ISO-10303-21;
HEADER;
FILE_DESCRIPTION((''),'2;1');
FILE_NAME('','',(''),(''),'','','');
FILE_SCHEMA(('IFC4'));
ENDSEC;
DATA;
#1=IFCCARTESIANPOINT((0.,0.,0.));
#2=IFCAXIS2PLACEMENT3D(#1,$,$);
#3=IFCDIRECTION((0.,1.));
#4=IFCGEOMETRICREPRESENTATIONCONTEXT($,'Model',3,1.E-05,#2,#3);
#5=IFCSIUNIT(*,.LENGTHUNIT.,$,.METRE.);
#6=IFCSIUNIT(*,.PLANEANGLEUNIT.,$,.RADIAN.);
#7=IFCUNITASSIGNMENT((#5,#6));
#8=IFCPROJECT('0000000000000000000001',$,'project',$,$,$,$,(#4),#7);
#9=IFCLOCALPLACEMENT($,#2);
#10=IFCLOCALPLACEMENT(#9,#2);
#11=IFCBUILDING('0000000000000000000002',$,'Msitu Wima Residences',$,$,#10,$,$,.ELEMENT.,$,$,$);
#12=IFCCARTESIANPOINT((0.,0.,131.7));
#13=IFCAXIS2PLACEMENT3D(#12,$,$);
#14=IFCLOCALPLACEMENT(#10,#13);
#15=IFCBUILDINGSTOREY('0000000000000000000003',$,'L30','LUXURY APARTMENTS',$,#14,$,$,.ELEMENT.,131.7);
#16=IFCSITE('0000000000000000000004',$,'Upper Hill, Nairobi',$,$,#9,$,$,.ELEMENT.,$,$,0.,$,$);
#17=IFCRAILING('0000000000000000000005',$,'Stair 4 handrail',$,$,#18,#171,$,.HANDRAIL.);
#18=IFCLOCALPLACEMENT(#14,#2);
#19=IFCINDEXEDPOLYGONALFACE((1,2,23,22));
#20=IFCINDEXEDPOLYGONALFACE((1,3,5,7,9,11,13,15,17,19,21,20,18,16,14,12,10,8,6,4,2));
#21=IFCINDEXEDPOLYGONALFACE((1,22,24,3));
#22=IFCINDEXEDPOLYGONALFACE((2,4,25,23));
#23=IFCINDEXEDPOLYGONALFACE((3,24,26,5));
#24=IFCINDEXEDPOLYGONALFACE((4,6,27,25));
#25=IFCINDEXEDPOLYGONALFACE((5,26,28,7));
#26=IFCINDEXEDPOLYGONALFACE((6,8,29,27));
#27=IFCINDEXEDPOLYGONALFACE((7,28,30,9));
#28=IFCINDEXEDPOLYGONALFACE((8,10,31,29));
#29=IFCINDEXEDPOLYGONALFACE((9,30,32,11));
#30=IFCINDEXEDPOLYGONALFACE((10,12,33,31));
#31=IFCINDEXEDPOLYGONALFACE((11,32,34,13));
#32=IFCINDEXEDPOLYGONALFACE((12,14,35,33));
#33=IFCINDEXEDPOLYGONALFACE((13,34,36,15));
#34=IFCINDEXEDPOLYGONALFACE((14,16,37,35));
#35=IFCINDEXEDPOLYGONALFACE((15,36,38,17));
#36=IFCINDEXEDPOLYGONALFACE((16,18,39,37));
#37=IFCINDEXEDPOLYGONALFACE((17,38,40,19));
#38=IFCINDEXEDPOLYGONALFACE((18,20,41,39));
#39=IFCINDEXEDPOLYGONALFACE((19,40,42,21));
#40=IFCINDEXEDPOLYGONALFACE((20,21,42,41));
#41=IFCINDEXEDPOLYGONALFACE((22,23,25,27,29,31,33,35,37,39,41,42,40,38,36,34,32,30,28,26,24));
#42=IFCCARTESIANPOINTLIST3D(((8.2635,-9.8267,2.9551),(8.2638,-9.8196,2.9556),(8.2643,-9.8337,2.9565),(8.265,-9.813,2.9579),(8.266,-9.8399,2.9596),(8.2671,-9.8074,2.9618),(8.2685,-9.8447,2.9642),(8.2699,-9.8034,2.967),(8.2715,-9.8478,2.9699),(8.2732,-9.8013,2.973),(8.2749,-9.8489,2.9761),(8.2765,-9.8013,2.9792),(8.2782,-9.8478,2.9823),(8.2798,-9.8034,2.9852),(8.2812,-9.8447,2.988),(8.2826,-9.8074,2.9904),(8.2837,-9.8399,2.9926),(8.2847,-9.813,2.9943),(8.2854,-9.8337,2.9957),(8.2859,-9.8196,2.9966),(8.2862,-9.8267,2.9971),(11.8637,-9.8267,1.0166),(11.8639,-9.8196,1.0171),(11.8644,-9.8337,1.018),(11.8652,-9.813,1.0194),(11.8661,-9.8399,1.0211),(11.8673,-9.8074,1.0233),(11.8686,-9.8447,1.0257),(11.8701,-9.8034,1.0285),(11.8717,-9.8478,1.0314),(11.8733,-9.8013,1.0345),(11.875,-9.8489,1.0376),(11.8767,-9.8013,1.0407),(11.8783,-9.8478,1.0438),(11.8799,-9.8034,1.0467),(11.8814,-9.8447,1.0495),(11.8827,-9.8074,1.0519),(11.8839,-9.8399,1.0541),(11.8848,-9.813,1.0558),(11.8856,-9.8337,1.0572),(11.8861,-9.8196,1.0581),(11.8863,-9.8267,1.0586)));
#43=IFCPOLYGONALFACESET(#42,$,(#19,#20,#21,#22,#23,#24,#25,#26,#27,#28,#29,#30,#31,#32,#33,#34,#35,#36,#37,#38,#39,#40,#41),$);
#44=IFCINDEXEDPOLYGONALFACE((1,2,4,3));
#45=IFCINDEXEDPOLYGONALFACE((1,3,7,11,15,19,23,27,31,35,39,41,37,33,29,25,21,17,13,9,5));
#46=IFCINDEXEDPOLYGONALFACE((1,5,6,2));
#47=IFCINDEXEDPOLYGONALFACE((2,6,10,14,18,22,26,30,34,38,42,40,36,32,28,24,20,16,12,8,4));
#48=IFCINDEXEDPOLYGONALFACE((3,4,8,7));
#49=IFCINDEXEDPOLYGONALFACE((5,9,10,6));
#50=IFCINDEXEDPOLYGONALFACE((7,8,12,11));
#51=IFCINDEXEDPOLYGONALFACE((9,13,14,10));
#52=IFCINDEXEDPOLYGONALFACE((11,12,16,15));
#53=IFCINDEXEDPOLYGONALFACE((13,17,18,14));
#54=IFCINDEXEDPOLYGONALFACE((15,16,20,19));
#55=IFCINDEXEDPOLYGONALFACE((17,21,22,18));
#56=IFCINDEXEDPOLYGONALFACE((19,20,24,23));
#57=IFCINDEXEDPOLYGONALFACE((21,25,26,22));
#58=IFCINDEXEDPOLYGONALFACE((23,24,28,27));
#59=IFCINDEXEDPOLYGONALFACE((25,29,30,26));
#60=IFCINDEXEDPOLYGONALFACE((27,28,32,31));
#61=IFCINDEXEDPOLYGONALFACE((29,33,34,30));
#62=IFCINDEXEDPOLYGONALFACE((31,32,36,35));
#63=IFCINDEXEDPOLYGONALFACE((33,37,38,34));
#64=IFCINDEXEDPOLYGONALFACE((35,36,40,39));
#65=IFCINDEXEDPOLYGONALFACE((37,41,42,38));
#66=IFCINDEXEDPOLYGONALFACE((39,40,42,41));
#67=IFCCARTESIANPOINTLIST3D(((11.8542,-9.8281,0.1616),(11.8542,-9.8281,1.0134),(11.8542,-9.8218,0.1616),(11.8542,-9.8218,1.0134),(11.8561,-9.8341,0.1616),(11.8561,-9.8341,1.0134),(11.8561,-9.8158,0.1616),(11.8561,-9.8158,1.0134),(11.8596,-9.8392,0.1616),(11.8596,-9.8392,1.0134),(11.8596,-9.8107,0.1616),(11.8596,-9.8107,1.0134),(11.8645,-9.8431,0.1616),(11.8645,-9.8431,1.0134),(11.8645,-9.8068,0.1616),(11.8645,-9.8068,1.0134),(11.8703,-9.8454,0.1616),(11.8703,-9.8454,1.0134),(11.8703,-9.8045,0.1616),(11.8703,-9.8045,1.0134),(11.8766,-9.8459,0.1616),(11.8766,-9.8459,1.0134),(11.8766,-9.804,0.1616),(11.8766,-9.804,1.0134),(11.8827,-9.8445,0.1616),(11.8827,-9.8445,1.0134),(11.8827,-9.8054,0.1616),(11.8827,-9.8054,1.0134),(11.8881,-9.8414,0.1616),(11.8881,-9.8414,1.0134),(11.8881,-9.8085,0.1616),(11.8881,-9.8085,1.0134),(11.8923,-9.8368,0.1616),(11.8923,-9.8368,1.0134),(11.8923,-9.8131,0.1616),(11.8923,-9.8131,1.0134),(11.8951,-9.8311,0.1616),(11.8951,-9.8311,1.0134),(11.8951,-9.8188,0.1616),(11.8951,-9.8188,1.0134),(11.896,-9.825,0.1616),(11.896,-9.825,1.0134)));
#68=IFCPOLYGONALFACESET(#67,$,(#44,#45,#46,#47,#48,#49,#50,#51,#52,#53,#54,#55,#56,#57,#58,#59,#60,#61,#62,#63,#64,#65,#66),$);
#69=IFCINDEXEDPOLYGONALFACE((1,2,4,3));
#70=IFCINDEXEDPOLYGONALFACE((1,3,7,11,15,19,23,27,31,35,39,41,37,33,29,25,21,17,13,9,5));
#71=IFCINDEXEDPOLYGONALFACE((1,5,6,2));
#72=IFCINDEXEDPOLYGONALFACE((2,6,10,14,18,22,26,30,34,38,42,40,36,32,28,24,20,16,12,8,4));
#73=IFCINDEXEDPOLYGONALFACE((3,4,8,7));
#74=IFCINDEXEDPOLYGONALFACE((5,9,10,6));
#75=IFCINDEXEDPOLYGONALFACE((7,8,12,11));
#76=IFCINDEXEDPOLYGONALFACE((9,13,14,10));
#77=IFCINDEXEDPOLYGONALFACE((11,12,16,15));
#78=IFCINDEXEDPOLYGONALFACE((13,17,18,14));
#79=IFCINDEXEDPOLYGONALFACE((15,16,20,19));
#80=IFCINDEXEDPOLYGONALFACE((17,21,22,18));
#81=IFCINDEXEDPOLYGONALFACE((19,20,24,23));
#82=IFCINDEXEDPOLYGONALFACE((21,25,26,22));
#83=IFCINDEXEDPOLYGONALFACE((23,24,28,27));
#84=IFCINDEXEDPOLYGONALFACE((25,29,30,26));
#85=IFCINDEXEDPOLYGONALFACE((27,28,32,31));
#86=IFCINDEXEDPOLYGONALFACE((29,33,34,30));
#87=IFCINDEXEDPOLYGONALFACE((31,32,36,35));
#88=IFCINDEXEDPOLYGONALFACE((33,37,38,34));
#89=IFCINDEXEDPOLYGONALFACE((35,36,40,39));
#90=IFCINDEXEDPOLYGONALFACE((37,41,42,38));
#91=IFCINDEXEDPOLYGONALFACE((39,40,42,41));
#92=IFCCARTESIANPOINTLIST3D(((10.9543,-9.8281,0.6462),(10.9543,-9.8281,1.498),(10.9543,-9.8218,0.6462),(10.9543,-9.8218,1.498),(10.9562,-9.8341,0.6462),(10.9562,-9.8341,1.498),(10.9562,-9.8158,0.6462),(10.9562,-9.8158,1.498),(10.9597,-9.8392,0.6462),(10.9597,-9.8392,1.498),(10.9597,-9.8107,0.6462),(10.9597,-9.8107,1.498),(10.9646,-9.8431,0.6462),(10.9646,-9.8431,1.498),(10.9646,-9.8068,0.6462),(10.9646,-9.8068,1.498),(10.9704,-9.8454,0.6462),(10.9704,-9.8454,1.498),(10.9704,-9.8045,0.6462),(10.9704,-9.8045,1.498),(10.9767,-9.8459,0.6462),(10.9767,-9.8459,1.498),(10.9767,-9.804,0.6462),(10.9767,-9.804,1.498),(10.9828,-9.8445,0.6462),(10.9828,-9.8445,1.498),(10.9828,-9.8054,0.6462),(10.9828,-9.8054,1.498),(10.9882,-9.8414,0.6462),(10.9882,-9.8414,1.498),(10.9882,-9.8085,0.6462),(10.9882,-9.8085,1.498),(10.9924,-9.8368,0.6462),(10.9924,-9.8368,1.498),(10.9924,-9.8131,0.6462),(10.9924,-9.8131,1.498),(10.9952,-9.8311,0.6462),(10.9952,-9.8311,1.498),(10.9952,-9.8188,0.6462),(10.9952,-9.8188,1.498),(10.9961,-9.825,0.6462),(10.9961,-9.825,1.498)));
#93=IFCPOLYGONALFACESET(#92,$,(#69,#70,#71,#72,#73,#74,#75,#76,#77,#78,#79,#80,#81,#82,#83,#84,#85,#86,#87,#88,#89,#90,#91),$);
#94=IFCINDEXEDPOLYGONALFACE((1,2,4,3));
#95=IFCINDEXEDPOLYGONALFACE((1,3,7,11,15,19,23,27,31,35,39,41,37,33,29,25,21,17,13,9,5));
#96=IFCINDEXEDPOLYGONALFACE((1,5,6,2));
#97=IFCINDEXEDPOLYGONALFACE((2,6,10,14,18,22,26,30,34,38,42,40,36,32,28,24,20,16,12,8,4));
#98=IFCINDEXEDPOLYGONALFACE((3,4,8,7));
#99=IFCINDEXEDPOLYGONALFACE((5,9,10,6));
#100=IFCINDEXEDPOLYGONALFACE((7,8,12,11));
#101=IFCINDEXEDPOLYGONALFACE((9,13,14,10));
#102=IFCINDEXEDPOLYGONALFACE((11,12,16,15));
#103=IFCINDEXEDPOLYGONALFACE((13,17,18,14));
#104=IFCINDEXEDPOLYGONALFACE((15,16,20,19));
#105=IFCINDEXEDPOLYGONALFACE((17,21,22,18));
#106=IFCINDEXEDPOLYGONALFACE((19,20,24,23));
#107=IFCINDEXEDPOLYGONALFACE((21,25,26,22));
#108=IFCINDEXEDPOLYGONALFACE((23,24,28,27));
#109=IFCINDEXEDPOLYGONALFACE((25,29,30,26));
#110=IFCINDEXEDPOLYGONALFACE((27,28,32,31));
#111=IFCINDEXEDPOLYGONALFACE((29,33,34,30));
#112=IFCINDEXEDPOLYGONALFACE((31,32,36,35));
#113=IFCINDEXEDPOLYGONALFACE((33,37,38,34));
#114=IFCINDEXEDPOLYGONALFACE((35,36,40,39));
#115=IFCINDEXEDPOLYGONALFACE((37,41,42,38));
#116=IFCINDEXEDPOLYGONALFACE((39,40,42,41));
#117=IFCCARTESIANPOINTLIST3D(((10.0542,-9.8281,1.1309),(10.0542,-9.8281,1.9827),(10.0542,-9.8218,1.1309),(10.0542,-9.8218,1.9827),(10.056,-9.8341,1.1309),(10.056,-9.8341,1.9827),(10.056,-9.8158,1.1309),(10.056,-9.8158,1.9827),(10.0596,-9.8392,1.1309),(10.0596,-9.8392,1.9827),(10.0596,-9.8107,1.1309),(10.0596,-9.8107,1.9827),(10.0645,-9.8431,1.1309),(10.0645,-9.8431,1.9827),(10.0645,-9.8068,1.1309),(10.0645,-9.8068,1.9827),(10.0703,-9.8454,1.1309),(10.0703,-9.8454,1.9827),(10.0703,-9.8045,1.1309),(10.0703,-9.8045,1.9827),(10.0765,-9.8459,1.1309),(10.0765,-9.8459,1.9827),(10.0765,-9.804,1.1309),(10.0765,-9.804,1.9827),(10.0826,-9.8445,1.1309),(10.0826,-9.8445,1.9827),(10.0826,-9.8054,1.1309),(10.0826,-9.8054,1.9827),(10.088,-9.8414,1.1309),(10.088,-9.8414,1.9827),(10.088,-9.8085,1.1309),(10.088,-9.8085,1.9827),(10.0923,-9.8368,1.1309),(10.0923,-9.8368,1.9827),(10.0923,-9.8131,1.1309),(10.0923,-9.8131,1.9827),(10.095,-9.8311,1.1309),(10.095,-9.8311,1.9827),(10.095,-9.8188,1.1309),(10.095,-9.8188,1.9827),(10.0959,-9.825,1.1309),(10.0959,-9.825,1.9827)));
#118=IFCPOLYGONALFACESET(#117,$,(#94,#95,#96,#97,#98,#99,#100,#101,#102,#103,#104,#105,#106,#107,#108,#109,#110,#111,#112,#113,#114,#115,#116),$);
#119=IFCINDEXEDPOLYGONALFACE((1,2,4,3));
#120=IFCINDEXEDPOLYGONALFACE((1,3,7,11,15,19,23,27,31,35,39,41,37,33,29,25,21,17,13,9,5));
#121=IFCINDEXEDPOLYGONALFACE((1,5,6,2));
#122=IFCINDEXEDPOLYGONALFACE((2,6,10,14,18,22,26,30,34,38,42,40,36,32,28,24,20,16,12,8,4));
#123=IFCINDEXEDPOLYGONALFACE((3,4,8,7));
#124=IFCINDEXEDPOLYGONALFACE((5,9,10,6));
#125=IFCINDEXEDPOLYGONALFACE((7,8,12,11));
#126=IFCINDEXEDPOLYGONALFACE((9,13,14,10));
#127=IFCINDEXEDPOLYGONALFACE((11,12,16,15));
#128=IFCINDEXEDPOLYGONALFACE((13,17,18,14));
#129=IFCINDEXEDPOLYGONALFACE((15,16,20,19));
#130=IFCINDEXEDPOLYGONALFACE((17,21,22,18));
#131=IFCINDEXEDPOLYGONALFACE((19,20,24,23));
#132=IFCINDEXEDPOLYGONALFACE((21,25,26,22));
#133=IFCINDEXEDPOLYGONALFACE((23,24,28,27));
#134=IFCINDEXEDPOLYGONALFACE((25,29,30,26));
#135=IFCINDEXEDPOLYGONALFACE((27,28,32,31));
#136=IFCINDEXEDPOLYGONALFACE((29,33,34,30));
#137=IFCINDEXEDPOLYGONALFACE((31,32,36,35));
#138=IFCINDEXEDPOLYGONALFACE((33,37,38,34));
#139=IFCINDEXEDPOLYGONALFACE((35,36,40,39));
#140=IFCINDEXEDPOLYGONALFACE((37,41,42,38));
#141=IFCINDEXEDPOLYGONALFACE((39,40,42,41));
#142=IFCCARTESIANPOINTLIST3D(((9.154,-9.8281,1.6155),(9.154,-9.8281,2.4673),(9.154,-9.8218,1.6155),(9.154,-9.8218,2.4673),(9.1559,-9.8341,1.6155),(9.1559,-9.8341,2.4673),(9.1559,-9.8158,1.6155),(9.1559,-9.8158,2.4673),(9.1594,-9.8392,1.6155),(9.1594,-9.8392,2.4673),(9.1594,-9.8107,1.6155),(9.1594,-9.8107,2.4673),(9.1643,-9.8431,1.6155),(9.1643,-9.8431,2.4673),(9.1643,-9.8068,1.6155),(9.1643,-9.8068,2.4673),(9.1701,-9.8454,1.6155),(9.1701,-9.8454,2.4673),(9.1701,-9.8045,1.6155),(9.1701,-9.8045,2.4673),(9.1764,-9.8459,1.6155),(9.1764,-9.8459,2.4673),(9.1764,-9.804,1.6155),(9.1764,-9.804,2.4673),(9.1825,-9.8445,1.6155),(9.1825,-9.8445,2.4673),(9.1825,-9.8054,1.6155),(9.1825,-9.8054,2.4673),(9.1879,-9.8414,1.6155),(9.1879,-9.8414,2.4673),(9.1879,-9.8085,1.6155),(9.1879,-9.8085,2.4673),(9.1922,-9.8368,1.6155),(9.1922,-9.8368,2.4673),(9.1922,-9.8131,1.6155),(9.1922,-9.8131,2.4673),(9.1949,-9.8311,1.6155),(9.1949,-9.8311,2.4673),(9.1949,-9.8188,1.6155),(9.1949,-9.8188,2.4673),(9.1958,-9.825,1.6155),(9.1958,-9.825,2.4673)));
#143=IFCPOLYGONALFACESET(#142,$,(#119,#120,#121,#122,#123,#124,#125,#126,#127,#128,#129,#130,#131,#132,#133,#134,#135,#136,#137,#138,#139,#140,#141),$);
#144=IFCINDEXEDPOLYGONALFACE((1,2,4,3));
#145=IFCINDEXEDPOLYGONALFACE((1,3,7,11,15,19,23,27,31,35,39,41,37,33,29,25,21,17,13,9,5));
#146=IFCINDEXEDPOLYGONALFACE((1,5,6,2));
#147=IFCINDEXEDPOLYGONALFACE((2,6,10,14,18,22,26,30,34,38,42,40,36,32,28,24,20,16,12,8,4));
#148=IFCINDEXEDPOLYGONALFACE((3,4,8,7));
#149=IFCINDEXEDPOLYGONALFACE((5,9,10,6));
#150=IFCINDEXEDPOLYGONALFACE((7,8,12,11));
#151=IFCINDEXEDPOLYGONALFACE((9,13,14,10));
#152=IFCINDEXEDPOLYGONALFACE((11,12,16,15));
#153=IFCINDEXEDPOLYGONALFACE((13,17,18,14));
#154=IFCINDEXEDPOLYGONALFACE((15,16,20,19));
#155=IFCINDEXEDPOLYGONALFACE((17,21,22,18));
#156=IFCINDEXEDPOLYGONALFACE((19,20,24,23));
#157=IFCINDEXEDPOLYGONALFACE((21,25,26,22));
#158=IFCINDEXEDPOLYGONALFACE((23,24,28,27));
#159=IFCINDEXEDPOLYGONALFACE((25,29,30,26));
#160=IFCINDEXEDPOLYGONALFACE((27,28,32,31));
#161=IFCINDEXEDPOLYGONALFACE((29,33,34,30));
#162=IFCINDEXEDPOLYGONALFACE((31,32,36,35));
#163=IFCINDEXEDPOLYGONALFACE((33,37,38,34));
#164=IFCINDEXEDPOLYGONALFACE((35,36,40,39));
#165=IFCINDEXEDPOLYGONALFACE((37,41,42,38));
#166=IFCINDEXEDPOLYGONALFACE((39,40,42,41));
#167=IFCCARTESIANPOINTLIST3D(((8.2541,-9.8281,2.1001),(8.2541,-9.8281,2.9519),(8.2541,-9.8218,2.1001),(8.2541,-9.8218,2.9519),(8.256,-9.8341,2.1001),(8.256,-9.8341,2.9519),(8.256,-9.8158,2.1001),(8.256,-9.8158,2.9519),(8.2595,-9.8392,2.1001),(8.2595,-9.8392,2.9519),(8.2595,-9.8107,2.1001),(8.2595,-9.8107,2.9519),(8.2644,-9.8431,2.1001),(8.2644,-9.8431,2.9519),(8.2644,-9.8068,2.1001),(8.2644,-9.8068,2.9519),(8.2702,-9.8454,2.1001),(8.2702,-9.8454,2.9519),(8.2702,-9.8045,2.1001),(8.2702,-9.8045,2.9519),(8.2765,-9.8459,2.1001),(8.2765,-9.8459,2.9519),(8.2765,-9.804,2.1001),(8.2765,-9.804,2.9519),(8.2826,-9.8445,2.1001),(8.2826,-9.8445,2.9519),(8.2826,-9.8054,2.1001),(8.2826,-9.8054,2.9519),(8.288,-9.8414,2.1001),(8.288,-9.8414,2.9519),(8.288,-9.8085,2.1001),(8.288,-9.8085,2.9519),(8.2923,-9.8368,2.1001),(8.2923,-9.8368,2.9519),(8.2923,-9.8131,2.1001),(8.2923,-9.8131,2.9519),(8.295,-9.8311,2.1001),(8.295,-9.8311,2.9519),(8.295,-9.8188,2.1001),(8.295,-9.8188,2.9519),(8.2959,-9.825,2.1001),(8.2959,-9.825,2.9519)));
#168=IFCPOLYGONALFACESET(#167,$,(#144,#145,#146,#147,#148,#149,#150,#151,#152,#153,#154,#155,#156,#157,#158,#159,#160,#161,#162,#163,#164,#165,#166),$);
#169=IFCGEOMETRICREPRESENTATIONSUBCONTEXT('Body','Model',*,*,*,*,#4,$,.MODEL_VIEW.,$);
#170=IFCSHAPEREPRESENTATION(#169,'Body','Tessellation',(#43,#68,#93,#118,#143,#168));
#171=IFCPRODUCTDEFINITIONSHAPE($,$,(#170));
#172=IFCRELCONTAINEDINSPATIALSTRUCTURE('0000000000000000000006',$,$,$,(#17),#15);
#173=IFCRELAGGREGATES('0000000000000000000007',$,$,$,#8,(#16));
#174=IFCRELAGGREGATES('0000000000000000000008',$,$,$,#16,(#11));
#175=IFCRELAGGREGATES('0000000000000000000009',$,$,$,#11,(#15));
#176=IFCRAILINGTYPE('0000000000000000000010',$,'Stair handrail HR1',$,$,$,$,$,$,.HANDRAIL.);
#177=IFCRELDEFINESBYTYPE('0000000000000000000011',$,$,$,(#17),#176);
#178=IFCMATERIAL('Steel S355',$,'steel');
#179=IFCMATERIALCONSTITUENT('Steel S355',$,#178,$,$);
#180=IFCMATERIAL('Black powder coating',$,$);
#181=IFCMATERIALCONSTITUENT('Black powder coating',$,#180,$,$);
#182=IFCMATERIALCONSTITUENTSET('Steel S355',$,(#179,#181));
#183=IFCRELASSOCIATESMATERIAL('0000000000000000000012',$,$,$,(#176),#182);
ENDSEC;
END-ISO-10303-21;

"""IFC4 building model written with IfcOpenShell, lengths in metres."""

from ifc_helpers import new_model, si_unit, direction, frame, origin, origin_2d, place, context, subcontext, project, spatial, circle, extrude, material, constituent, constituent_set, type_object, element, save


model = new_model("IFC4")

# Units and contexts
model_context = context("Model", 3, precision=1e-05, world=origin(), true_north=direction((0.0, 1.0)))
body_context = subcontext(model_context, "Body", "Model", "MODEL_VIEW")
ifc_project = project(units=[si_unit("LENGTHUNIT", "METRE"), si_unit("PLANEANGLEUNIT", "RADIAN")], contexts=[model_context])

# Site, building, storey
site_placement = place(None, origin())
site = spatial("IfcSite", under=ifc_project, at=site_placement, Name="Upper Hill, Nairobi", CompositionType="ELEMENT", RefElevation=0.0)
building_placement = place(site_placement, origin())
building = spatial("IfcBuilding", under=site, at=building_placement, Name="Msitu Wima Residences", CompositionType="ELEMENT")
storey_placement = place(building_placement, frame((0.0, 0.0, 131.7)))
storey = spatial("IfcBuildingStorey", under=building, at=storey_placement, Name="L30", Description="LUXURY APARTMENTS", CompositionType="ELEMENT", Elevation=131.7)

# Railing
ifc_material_1 = material(Name="Steel S355", Category="steel")
ifc_constituent_1 = constituent(ifc_material_1, Name="Steel S355")
ifc_material_2 = material(Name="Black powder coating")
ifc_constituent_2 = constituent(ifc_material_2, Name="Black powder coating")
ifc_constituent_set_1 = constituent_set(constituents=[ifc_constituent_1, ifc_constituent_2], Name="Steel S355")
railing_type_1 = type_object("IfcRailingType", Name="Stair handrail HR1", PredefinedType="HANDRAIL", material=ifc_constituent_set_1)
for number, where, name in (
    (1, (11.875, -9.825, 0.1616), "Stair 4 handrail"),
):
    element("IfcRailing", number, at=place(storey_placement, frame(where)), inside=storey, type_object=railing_type_1, Name=name, PredefinedType="HANDRAIL", context=body_context, shape_type="SweptSolid", body=[
        extrude(circle(Radius=0.0239, at=origin_2d()), frame((0.0, 0.0, 0.876), z_axis=(-0.880475, 0.0, 0.474093), x_axis=(0.0, -1.0, 0.0)), (0.0, 0.0, 1.0), 4.0889),
        extrude(circle(Radius=0.021, at=origin_2d()), origin(), (0.0, 0.0, 1.0), 0.8518),
        extrude(circle(Radius=0.021, at=origin_2d()), frame((-0.8999, 0.0, 0.4846)), (0.0, 0.0, 1.0), 0.8518),
        extrude(circle(Radius=0.021, at=origin_2d()), frame((-1.8, 0.0, 0.9692)), (0.0, 0.0, 1.0), 0.8518),
        extrude(circle(Radius=0.021, at=origin_2d()), frame((-2.7002, 0.0, 1.4539)), (0.0, 0.0, 1.0), 0.8518),
        extrude(circle(Radius=0.021, at=origin_2d()), frame((-3.6001, 0.0, 1.9385)), (0.0, 0.0, 1.0), 0.8518),
    ])

save(model, "model.ifc")
